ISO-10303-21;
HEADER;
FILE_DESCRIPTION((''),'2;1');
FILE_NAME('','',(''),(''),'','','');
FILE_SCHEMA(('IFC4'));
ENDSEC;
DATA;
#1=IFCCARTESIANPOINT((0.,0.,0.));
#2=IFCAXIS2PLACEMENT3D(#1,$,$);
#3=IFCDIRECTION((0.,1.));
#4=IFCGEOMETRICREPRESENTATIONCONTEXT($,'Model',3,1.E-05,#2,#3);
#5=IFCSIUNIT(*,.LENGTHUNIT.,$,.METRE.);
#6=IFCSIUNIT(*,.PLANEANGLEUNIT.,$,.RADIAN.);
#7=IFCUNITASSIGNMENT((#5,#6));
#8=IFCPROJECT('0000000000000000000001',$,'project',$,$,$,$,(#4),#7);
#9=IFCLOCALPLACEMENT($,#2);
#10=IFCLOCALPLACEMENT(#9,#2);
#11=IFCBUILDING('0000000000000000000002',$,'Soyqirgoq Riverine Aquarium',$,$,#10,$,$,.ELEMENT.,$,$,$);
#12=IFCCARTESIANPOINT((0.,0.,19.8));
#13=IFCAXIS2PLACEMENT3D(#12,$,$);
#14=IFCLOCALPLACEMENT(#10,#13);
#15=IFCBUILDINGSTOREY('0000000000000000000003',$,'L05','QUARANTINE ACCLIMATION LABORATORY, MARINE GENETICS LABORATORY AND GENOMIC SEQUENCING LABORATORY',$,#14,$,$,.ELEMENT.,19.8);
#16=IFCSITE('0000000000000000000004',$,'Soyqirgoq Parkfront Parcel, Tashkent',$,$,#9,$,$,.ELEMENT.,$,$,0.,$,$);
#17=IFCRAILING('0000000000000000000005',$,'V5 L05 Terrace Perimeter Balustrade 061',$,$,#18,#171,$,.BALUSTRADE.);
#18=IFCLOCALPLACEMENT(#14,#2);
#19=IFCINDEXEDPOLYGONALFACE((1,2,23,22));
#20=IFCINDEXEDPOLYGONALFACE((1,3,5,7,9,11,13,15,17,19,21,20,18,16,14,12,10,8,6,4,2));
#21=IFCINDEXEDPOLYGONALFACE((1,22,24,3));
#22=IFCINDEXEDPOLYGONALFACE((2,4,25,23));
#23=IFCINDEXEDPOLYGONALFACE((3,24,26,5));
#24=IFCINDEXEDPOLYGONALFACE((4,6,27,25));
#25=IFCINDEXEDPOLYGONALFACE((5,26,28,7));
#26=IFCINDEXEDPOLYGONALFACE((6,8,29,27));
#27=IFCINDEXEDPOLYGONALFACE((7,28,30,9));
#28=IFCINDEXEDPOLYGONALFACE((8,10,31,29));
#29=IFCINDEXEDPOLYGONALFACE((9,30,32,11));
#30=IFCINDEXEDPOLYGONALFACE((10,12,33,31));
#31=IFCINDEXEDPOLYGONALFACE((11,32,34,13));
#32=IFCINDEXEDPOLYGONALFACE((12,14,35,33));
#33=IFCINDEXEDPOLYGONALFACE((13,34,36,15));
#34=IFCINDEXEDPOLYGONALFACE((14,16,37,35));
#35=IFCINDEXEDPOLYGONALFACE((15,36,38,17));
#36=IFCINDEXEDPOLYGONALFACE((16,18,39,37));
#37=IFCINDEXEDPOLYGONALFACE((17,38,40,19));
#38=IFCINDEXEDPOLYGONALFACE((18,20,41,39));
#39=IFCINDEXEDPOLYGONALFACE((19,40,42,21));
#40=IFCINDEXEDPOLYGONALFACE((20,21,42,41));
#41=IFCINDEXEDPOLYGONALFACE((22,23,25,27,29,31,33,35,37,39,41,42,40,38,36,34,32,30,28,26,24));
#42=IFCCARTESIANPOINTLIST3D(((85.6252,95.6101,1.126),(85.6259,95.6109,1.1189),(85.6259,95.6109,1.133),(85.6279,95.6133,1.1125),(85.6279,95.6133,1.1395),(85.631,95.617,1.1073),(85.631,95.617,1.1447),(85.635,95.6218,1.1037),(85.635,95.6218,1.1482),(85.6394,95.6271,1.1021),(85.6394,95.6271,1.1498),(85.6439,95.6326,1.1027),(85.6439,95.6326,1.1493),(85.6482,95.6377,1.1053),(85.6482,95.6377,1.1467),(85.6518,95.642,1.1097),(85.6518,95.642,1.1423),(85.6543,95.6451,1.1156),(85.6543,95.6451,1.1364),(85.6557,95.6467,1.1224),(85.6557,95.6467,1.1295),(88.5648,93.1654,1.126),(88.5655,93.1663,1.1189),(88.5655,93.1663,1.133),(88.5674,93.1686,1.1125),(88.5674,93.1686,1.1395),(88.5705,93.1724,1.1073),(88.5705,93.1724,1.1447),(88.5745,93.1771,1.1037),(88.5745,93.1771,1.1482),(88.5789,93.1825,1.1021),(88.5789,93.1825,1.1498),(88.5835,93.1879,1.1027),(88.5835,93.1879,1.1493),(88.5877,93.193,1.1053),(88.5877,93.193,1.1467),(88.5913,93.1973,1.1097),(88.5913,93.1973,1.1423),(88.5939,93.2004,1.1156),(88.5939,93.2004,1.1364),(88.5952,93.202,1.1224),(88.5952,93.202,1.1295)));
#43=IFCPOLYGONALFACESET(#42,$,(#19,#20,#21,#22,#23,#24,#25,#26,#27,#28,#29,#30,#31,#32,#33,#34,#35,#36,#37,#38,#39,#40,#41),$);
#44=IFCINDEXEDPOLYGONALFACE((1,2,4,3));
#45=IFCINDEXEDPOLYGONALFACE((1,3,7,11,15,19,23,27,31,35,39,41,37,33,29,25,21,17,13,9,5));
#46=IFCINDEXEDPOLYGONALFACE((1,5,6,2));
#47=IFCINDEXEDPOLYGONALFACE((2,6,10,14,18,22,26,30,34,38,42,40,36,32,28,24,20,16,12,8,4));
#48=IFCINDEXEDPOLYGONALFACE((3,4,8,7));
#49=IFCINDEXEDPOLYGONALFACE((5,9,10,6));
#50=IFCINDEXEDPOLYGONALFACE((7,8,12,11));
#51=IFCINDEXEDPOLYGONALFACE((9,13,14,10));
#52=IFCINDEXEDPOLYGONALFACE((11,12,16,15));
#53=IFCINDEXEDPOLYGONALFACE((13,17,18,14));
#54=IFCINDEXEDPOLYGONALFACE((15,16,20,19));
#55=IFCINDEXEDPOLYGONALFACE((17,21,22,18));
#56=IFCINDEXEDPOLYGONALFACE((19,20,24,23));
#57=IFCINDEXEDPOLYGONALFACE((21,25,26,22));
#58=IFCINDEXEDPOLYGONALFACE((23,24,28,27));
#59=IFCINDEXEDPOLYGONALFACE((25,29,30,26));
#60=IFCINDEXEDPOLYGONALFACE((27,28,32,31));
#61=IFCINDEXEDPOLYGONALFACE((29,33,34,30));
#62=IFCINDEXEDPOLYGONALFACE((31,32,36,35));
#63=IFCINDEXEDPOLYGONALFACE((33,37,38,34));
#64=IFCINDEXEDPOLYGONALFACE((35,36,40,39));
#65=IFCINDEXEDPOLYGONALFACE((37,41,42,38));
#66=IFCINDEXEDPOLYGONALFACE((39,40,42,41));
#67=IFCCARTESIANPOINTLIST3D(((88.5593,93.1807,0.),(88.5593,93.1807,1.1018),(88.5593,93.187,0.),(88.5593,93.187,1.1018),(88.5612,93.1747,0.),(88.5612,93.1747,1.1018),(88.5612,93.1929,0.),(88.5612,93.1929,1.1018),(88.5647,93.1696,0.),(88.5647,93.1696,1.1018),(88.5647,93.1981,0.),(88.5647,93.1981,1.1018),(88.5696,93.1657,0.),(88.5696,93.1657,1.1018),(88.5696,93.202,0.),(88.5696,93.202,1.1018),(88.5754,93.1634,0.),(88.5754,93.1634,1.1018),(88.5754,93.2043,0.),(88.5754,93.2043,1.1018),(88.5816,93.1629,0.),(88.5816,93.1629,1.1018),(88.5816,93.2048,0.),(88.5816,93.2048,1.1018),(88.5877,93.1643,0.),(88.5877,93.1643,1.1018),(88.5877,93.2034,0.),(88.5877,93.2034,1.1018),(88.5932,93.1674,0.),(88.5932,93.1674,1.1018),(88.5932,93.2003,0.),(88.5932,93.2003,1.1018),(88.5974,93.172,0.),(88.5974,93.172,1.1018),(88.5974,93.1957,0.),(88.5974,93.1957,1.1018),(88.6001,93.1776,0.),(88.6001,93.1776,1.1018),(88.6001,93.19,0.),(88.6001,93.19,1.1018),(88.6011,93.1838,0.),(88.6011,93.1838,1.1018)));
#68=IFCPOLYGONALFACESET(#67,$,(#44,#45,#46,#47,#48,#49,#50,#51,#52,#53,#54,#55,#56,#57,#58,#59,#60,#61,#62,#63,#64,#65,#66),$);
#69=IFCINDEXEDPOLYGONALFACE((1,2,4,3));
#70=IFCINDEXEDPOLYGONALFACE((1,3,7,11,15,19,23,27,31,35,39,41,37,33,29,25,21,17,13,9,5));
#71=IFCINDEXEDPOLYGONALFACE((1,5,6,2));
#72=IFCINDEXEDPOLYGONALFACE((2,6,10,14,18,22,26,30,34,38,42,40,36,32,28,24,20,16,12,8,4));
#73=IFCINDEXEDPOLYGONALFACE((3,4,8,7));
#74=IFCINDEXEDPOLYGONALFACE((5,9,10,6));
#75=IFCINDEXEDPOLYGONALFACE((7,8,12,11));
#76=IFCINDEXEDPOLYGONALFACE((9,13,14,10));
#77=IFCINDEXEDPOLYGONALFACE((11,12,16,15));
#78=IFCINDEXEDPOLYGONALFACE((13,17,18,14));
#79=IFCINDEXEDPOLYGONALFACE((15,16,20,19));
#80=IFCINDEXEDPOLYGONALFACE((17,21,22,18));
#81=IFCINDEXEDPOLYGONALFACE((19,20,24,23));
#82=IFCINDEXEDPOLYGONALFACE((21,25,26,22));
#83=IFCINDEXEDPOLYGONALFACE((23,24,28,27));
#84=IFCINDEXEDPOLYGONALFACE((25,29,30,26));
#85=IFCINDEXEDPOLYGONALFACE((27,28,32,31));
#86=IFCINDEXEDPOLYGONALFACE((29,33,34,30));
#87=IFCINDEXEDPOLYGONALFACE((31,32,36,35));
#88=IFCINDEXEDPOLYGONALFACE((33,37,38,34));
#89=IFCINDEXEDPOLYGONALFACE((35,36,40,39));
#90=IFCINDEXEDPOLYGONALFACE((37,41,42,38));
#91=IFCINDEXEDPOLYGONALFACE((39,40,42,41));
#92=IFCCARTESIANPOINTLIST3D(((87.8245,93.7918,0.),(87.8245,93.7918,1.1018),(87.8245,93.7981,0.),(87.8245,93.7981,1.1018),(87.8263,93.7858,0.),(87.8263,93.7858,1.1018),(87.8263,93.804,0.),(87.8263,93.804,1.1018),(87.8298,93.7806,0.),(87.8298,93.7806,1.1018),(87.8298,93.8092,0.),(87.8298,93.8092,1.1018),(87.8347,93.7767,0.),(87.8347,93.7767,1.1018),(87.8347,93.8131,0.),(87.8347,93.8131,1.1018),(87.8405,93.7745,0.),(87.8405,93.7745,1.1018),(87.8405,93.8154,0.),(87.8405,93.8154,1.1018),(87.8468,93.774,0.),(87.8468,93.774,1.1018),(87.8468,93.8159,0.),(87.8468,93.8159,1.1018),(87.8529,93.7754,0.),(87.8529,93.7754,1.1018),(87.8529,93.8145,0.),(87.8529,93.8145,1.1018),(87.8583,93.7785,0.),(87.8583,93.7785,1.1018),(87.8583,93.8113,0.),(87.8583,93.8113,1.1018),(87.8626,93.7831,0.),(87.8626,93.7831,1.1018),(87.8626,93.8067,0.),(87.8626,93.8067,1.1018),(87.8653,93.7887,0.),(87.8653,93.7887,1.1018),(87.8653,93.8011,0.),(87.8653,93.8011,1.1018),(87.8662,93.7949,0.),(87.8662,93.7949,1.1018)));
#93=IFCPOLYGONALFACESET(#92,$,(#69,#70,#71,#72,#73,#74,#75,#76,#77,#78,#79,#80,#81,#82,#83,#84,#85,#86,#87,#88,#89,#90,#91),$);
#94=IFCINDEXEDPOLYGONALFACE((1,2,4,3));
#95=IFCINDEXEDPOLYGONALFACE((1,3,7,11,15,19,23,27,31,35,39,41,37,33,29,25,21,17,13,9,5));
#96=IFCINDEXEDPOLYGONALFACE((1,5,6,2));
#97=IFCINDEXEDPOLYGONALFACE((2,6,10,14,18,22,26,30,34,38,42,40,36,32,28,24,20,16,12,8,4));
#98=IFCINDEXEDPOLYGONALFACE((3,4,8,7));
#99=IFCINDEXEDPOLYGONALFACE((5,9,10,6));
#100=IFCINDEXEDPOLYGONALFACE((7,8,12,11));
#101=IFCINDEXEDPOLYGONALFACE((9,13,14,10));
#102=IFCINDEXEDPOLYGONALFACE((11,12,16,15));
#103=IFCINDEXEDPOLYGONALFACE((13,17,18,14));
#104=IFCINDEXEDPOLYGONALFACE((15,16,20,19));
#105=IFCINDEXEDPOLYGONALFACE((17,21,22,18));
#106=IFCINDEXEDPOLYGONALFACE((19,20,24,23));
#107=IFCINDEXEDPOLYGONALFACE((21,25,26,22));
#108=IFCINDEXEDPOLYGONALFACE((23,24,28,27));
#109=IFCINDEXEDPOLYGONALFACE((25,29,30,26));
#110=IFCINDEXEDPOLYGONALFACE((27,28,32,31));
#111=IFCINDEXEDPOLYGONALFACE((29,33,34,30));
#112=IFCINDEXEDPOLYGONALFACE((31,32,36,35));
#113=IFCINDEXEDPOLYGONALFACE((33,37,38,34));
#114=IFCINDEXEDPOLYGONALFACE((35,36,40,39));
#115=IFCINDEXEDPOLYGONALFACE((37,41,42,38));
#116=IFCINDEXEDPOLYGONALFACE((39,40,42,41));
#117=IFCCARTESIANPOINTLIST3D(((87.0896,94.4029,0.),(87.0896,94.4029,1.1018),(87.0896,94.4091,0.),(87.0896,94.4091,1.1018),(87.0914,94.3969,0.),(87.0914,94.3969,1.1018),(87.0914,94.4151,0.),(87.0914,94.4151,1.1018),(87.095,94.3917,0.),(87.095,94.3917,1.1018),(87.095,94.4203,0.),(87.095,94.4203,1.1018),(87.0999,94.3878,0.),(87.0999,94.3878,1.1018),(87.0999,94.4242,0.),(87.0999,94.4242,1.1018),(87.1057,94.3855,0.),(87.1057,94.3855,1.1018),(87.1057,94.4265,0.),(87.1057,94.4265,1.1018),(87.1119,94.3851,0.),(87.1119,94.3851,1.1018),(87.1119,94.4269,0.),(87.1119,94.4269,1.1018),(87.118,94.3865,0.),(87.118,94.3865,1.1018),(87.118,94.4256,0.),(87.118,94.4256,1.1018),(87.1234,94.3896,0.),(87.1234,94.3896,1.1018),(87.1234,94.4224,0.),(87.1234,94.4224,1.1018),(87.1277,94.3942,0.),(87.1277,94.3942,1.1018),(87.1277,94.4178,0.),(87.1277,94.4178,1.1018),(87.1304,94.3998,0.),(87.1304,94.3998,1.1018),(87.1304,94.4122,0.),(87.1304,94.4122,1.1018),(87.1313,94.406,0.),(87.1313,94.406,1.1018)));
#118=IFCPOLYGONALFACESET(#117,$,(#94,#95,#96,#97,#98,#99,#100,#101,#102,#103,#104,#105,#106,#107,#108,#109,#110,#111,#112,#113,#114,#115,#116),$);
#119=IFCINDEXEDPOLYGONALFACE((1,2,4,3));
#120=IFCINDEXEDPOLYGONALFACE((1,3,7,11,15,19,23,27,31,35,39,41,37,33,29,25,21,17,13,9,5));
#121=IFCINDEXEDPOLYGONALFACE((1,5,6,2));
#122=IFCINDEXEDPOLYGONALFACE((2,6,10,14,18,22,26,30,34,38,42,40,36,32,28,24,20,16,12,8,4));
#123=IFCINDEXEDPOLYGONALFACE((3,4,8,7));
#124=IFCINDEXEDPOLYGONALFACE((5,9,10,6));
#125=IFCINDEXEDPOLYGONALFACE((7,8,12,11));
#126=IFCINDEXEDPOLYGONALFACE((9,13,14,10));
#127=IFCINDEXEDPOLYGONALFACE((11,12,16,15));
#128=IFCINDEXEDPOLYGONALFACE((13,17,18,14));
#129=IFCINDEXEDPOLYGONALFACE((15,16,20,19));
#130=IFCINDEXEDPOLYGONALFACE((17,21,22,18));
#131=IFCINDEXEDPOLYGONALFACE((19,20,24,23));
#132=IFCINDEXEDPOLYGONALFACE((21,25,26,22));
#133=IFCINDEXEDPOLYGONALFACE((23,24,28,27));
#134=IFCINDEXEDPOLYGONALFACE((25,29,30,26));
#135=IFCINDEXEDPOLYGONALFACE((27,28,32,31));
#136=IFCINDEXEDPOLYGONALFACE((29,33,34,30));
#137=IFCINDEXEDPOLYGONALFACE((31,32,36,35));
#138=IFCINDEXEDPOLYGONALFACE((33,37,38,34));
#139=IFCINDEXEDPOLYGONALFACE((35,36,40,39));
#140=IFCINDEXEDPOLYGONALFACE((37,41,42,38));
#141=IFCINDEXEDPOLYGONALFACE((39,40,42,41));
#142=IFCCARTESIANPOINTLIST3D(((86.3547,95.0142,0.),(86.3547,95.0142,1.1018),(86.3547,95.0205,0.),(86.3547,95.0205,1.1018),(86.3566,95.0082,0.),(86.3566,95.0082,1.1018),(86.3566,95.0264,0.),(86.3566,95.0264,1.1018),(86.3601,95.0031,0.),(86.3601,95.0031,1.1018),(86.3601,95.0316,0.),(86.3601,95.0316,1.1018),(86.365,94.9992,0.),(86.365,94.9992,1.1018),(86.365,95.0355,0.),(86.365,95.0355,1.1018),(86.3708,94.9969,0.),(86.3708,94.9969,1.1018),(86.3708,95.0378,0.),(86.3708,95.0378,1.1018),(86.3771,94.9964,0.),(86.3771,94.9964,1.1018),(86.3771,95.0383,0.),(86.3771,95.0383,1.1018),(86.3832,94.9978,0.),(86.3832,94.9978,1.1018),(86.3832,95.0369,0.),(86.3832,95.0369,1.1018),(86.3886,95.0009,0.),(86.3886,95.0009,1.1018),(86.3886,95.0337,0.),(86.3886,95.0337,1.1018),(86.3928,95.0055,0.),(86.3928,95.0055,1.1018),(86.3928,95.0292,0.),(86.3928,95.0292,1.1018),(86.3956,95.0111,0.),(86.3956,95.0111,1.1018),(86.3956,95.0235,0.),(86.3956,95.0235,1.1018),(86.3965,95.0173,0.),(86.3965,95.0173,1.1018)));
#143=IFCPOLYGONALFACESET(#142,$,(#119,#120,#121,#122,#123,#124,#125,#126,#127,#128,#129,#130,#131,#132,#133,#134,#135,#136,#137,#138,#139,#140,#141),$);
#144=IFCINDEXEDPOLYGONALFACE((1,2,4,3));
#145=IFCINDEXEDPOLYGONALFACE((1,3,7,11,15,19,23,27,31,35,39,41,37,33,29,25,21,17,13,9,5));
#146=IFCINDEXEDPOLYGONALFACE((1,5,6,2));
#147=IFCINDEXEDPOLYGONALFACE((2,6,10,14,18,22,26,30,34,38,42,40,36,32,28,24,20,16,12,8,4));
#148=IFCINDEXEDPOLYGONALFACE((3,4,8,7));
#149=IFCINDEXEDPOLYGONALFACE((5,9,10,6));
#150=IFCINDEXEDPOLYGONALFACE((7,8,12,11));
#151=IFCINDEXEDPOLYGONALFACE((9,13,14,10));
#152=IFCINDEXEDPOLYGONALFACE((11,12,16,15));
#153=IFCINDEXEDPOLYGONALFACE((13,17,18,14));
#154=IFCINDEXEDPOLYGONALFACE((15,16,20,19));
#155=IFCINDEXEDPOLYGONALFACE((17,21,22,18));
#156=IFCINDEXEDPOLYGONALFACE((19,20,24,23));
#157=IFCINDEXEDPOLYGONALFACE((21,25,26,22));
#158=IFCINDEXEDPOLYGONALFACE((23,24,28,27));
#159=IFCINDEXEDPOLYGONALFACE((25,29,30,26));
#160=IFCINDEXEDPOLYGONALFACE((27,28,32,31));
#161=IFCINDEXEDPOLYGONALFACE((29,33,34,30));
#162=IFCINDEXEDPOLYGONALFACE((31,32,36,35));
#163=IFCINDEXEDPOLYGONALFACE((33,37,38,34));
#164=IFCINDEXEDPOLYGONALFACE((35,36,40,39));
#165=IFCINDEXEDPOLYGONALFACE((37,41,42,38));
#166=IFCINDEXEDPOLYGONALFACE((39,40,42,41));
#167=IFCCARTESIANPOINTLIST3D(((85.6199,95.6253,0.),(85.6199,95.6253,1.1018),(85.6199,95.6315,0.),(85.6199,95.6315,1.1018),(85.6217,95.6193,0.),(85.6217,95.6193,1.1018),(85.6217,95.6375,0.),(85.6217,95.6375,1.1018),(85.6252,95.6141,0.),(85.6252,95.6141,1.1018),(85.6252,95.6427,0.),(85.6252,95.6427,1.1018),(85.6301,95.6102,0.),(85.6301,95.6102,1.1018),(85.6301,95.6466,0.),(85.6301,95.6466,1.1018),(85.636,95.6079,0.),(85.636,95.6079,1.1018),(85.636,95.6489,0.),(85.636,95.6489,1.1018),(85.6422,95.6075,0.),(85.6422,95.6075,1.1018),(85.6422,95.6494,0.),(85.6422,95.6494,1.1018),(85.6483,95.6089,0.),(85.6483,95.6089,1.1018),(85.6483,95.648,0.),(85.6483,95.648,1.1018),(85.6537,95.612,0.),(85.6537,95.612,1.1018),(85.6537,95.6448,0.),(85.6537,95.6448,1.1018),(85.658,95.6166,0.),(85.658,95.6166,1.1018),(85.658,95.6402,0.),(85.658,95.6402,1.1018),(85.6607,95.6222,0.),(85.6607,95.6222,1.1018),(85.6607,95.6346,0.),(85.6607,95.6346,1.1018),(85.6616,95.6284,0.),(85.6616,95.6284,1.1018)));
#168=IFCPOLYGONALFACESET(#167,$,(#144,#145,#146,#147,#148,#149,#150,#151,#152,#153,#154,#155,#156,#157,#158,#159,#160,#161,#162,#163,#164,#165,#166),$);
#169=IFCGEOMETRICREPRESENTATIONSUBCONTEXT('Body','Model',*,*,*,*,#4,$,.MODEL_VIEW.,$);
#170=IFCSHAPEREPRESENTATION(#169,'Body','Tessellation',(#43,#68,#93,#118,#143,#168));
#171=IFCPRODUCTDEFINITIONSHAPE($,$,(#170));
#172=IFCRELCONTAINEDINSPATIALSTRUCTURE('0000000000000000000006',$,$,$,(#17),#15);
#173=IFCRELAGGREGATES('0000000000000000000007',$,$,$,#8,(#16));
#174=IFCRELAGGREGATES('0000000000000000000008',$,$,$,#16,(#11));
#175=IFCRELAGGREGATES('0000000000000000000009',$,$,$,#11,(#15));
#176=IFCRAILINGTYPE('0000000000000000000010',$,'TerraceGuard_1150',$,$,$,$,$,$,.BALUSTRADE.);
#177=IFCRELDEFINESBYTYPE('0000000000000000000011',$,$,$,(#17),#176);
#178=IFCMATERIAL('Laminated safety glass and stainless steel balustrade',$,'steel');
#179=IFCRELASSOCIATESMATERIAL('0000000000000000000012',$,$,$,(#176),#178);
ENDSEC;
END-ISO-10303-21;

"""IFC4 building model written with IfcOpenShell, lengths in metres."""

from ifc_helpers import new_model, si_unit, direction, frame, origin, origin_2d, place, context, subcontext, project, spatial, circle, extrude, material, type_object, element, save


model = new_model("IFC4")

# Units and contexts
model_context = context("Model", 3, precision=1e-05, world=origin(), true_north=direction((0.0, 1.0)))
body_context = subcontext(model_context, "Body", "Model", "MODEL_VIEW")
ifc_project = project(units=[si_unit("LENGTHUNIT", "METRE"), si_unit("PLANEANGLEUNIT", "RADIAN")], contexts=[model_context])

# Site, building, storey
site_placement = place(None, origin())
site = spatial("IfcSite", under=ifc_project, at=site_placement, Name="Soyqirgoq Parkfront Parcel, Tashkent", CompositionType="ELEMENT", RefElevation=0.0)
building_placement = place(site_placement, origin())
building = spatial("IfcBuilding", under=site, at=building_placement, Name="Soyqirgoq Riverine Aquarium", CompositionType="ELEMENT")
storey_placement = place(building_placement, frame((0.0, 0.0, 19.8)))
storey = spatial("IfcBuildingStorey", under=building, at=storey_placement, Name="L05", Description="QUARANTINE ACCLIMATION LABORATORY, MARINE GENETICS LABORATORY AND GENOMIC SEQUENCING LABORATORY", CompositionType="ELEMENT", Elevation=19.8)

# Railing
ifc_material_1 = material(Name="Laminated safety glass and stainless steel balustrade", Category="steel")
railing_type_1 = type_object("IfcRailingType", Name="TerraceGuard_1150", PredefinedType="BALUSTRADE", material=ifc_material_1)
railing_1_placement = place(storey_placement, frame((88.5801, 93.1838, 0.0)))
element("IfcRailing", 1, at=railing_1_placement, inside=storey, type_object=railing_type_1, Name="V5 L05 Terrace Perimeter Balustrade 061", PredefinedType="BALUSTRADE", context=body_context, shape_type="SweptSolid", body=[
    extrude(circle(Radius=0.0239, at=origin_2d()), frame((0.0, 0.0, 1.126), z_axis=(-0.768859, 0.639418, 0.0), x_axis=(-0.639418, -0.768859, 0.0)), (0.0, 0.0, 1.0), 3.8232),
    extrude(circle(Radius=0.021, at=origin_2d()), origin(), (0.0, 0.0, 1.0), 1.1018),
    extrude(circle(Radius=0.021, at=origin_2d()), frame((-0.7349, 0.6111, 0.0)), (0.0, 0.0, 1.0), 1.1018),
    extrude(circle(Radius=0.021, at=origin_2d()), frame((-1.4697, 1.2222, 0.0)), (0.0, 0.0, 1.0), 1.1018),
    extrude(circle(Radius=0.021, at=origin_2d()), frame((-2.2046, 1.8335, 0.0)), (0.0, 0.0, 1.0), 1.1018),
    extrude(circle(Radius=0.021, at=origin_2d()), frame((-2.9395, 2.4446, 0.0)), (0.0, 0.0, 1.0), 1.1018),
])

save(model, "model.ifc")
